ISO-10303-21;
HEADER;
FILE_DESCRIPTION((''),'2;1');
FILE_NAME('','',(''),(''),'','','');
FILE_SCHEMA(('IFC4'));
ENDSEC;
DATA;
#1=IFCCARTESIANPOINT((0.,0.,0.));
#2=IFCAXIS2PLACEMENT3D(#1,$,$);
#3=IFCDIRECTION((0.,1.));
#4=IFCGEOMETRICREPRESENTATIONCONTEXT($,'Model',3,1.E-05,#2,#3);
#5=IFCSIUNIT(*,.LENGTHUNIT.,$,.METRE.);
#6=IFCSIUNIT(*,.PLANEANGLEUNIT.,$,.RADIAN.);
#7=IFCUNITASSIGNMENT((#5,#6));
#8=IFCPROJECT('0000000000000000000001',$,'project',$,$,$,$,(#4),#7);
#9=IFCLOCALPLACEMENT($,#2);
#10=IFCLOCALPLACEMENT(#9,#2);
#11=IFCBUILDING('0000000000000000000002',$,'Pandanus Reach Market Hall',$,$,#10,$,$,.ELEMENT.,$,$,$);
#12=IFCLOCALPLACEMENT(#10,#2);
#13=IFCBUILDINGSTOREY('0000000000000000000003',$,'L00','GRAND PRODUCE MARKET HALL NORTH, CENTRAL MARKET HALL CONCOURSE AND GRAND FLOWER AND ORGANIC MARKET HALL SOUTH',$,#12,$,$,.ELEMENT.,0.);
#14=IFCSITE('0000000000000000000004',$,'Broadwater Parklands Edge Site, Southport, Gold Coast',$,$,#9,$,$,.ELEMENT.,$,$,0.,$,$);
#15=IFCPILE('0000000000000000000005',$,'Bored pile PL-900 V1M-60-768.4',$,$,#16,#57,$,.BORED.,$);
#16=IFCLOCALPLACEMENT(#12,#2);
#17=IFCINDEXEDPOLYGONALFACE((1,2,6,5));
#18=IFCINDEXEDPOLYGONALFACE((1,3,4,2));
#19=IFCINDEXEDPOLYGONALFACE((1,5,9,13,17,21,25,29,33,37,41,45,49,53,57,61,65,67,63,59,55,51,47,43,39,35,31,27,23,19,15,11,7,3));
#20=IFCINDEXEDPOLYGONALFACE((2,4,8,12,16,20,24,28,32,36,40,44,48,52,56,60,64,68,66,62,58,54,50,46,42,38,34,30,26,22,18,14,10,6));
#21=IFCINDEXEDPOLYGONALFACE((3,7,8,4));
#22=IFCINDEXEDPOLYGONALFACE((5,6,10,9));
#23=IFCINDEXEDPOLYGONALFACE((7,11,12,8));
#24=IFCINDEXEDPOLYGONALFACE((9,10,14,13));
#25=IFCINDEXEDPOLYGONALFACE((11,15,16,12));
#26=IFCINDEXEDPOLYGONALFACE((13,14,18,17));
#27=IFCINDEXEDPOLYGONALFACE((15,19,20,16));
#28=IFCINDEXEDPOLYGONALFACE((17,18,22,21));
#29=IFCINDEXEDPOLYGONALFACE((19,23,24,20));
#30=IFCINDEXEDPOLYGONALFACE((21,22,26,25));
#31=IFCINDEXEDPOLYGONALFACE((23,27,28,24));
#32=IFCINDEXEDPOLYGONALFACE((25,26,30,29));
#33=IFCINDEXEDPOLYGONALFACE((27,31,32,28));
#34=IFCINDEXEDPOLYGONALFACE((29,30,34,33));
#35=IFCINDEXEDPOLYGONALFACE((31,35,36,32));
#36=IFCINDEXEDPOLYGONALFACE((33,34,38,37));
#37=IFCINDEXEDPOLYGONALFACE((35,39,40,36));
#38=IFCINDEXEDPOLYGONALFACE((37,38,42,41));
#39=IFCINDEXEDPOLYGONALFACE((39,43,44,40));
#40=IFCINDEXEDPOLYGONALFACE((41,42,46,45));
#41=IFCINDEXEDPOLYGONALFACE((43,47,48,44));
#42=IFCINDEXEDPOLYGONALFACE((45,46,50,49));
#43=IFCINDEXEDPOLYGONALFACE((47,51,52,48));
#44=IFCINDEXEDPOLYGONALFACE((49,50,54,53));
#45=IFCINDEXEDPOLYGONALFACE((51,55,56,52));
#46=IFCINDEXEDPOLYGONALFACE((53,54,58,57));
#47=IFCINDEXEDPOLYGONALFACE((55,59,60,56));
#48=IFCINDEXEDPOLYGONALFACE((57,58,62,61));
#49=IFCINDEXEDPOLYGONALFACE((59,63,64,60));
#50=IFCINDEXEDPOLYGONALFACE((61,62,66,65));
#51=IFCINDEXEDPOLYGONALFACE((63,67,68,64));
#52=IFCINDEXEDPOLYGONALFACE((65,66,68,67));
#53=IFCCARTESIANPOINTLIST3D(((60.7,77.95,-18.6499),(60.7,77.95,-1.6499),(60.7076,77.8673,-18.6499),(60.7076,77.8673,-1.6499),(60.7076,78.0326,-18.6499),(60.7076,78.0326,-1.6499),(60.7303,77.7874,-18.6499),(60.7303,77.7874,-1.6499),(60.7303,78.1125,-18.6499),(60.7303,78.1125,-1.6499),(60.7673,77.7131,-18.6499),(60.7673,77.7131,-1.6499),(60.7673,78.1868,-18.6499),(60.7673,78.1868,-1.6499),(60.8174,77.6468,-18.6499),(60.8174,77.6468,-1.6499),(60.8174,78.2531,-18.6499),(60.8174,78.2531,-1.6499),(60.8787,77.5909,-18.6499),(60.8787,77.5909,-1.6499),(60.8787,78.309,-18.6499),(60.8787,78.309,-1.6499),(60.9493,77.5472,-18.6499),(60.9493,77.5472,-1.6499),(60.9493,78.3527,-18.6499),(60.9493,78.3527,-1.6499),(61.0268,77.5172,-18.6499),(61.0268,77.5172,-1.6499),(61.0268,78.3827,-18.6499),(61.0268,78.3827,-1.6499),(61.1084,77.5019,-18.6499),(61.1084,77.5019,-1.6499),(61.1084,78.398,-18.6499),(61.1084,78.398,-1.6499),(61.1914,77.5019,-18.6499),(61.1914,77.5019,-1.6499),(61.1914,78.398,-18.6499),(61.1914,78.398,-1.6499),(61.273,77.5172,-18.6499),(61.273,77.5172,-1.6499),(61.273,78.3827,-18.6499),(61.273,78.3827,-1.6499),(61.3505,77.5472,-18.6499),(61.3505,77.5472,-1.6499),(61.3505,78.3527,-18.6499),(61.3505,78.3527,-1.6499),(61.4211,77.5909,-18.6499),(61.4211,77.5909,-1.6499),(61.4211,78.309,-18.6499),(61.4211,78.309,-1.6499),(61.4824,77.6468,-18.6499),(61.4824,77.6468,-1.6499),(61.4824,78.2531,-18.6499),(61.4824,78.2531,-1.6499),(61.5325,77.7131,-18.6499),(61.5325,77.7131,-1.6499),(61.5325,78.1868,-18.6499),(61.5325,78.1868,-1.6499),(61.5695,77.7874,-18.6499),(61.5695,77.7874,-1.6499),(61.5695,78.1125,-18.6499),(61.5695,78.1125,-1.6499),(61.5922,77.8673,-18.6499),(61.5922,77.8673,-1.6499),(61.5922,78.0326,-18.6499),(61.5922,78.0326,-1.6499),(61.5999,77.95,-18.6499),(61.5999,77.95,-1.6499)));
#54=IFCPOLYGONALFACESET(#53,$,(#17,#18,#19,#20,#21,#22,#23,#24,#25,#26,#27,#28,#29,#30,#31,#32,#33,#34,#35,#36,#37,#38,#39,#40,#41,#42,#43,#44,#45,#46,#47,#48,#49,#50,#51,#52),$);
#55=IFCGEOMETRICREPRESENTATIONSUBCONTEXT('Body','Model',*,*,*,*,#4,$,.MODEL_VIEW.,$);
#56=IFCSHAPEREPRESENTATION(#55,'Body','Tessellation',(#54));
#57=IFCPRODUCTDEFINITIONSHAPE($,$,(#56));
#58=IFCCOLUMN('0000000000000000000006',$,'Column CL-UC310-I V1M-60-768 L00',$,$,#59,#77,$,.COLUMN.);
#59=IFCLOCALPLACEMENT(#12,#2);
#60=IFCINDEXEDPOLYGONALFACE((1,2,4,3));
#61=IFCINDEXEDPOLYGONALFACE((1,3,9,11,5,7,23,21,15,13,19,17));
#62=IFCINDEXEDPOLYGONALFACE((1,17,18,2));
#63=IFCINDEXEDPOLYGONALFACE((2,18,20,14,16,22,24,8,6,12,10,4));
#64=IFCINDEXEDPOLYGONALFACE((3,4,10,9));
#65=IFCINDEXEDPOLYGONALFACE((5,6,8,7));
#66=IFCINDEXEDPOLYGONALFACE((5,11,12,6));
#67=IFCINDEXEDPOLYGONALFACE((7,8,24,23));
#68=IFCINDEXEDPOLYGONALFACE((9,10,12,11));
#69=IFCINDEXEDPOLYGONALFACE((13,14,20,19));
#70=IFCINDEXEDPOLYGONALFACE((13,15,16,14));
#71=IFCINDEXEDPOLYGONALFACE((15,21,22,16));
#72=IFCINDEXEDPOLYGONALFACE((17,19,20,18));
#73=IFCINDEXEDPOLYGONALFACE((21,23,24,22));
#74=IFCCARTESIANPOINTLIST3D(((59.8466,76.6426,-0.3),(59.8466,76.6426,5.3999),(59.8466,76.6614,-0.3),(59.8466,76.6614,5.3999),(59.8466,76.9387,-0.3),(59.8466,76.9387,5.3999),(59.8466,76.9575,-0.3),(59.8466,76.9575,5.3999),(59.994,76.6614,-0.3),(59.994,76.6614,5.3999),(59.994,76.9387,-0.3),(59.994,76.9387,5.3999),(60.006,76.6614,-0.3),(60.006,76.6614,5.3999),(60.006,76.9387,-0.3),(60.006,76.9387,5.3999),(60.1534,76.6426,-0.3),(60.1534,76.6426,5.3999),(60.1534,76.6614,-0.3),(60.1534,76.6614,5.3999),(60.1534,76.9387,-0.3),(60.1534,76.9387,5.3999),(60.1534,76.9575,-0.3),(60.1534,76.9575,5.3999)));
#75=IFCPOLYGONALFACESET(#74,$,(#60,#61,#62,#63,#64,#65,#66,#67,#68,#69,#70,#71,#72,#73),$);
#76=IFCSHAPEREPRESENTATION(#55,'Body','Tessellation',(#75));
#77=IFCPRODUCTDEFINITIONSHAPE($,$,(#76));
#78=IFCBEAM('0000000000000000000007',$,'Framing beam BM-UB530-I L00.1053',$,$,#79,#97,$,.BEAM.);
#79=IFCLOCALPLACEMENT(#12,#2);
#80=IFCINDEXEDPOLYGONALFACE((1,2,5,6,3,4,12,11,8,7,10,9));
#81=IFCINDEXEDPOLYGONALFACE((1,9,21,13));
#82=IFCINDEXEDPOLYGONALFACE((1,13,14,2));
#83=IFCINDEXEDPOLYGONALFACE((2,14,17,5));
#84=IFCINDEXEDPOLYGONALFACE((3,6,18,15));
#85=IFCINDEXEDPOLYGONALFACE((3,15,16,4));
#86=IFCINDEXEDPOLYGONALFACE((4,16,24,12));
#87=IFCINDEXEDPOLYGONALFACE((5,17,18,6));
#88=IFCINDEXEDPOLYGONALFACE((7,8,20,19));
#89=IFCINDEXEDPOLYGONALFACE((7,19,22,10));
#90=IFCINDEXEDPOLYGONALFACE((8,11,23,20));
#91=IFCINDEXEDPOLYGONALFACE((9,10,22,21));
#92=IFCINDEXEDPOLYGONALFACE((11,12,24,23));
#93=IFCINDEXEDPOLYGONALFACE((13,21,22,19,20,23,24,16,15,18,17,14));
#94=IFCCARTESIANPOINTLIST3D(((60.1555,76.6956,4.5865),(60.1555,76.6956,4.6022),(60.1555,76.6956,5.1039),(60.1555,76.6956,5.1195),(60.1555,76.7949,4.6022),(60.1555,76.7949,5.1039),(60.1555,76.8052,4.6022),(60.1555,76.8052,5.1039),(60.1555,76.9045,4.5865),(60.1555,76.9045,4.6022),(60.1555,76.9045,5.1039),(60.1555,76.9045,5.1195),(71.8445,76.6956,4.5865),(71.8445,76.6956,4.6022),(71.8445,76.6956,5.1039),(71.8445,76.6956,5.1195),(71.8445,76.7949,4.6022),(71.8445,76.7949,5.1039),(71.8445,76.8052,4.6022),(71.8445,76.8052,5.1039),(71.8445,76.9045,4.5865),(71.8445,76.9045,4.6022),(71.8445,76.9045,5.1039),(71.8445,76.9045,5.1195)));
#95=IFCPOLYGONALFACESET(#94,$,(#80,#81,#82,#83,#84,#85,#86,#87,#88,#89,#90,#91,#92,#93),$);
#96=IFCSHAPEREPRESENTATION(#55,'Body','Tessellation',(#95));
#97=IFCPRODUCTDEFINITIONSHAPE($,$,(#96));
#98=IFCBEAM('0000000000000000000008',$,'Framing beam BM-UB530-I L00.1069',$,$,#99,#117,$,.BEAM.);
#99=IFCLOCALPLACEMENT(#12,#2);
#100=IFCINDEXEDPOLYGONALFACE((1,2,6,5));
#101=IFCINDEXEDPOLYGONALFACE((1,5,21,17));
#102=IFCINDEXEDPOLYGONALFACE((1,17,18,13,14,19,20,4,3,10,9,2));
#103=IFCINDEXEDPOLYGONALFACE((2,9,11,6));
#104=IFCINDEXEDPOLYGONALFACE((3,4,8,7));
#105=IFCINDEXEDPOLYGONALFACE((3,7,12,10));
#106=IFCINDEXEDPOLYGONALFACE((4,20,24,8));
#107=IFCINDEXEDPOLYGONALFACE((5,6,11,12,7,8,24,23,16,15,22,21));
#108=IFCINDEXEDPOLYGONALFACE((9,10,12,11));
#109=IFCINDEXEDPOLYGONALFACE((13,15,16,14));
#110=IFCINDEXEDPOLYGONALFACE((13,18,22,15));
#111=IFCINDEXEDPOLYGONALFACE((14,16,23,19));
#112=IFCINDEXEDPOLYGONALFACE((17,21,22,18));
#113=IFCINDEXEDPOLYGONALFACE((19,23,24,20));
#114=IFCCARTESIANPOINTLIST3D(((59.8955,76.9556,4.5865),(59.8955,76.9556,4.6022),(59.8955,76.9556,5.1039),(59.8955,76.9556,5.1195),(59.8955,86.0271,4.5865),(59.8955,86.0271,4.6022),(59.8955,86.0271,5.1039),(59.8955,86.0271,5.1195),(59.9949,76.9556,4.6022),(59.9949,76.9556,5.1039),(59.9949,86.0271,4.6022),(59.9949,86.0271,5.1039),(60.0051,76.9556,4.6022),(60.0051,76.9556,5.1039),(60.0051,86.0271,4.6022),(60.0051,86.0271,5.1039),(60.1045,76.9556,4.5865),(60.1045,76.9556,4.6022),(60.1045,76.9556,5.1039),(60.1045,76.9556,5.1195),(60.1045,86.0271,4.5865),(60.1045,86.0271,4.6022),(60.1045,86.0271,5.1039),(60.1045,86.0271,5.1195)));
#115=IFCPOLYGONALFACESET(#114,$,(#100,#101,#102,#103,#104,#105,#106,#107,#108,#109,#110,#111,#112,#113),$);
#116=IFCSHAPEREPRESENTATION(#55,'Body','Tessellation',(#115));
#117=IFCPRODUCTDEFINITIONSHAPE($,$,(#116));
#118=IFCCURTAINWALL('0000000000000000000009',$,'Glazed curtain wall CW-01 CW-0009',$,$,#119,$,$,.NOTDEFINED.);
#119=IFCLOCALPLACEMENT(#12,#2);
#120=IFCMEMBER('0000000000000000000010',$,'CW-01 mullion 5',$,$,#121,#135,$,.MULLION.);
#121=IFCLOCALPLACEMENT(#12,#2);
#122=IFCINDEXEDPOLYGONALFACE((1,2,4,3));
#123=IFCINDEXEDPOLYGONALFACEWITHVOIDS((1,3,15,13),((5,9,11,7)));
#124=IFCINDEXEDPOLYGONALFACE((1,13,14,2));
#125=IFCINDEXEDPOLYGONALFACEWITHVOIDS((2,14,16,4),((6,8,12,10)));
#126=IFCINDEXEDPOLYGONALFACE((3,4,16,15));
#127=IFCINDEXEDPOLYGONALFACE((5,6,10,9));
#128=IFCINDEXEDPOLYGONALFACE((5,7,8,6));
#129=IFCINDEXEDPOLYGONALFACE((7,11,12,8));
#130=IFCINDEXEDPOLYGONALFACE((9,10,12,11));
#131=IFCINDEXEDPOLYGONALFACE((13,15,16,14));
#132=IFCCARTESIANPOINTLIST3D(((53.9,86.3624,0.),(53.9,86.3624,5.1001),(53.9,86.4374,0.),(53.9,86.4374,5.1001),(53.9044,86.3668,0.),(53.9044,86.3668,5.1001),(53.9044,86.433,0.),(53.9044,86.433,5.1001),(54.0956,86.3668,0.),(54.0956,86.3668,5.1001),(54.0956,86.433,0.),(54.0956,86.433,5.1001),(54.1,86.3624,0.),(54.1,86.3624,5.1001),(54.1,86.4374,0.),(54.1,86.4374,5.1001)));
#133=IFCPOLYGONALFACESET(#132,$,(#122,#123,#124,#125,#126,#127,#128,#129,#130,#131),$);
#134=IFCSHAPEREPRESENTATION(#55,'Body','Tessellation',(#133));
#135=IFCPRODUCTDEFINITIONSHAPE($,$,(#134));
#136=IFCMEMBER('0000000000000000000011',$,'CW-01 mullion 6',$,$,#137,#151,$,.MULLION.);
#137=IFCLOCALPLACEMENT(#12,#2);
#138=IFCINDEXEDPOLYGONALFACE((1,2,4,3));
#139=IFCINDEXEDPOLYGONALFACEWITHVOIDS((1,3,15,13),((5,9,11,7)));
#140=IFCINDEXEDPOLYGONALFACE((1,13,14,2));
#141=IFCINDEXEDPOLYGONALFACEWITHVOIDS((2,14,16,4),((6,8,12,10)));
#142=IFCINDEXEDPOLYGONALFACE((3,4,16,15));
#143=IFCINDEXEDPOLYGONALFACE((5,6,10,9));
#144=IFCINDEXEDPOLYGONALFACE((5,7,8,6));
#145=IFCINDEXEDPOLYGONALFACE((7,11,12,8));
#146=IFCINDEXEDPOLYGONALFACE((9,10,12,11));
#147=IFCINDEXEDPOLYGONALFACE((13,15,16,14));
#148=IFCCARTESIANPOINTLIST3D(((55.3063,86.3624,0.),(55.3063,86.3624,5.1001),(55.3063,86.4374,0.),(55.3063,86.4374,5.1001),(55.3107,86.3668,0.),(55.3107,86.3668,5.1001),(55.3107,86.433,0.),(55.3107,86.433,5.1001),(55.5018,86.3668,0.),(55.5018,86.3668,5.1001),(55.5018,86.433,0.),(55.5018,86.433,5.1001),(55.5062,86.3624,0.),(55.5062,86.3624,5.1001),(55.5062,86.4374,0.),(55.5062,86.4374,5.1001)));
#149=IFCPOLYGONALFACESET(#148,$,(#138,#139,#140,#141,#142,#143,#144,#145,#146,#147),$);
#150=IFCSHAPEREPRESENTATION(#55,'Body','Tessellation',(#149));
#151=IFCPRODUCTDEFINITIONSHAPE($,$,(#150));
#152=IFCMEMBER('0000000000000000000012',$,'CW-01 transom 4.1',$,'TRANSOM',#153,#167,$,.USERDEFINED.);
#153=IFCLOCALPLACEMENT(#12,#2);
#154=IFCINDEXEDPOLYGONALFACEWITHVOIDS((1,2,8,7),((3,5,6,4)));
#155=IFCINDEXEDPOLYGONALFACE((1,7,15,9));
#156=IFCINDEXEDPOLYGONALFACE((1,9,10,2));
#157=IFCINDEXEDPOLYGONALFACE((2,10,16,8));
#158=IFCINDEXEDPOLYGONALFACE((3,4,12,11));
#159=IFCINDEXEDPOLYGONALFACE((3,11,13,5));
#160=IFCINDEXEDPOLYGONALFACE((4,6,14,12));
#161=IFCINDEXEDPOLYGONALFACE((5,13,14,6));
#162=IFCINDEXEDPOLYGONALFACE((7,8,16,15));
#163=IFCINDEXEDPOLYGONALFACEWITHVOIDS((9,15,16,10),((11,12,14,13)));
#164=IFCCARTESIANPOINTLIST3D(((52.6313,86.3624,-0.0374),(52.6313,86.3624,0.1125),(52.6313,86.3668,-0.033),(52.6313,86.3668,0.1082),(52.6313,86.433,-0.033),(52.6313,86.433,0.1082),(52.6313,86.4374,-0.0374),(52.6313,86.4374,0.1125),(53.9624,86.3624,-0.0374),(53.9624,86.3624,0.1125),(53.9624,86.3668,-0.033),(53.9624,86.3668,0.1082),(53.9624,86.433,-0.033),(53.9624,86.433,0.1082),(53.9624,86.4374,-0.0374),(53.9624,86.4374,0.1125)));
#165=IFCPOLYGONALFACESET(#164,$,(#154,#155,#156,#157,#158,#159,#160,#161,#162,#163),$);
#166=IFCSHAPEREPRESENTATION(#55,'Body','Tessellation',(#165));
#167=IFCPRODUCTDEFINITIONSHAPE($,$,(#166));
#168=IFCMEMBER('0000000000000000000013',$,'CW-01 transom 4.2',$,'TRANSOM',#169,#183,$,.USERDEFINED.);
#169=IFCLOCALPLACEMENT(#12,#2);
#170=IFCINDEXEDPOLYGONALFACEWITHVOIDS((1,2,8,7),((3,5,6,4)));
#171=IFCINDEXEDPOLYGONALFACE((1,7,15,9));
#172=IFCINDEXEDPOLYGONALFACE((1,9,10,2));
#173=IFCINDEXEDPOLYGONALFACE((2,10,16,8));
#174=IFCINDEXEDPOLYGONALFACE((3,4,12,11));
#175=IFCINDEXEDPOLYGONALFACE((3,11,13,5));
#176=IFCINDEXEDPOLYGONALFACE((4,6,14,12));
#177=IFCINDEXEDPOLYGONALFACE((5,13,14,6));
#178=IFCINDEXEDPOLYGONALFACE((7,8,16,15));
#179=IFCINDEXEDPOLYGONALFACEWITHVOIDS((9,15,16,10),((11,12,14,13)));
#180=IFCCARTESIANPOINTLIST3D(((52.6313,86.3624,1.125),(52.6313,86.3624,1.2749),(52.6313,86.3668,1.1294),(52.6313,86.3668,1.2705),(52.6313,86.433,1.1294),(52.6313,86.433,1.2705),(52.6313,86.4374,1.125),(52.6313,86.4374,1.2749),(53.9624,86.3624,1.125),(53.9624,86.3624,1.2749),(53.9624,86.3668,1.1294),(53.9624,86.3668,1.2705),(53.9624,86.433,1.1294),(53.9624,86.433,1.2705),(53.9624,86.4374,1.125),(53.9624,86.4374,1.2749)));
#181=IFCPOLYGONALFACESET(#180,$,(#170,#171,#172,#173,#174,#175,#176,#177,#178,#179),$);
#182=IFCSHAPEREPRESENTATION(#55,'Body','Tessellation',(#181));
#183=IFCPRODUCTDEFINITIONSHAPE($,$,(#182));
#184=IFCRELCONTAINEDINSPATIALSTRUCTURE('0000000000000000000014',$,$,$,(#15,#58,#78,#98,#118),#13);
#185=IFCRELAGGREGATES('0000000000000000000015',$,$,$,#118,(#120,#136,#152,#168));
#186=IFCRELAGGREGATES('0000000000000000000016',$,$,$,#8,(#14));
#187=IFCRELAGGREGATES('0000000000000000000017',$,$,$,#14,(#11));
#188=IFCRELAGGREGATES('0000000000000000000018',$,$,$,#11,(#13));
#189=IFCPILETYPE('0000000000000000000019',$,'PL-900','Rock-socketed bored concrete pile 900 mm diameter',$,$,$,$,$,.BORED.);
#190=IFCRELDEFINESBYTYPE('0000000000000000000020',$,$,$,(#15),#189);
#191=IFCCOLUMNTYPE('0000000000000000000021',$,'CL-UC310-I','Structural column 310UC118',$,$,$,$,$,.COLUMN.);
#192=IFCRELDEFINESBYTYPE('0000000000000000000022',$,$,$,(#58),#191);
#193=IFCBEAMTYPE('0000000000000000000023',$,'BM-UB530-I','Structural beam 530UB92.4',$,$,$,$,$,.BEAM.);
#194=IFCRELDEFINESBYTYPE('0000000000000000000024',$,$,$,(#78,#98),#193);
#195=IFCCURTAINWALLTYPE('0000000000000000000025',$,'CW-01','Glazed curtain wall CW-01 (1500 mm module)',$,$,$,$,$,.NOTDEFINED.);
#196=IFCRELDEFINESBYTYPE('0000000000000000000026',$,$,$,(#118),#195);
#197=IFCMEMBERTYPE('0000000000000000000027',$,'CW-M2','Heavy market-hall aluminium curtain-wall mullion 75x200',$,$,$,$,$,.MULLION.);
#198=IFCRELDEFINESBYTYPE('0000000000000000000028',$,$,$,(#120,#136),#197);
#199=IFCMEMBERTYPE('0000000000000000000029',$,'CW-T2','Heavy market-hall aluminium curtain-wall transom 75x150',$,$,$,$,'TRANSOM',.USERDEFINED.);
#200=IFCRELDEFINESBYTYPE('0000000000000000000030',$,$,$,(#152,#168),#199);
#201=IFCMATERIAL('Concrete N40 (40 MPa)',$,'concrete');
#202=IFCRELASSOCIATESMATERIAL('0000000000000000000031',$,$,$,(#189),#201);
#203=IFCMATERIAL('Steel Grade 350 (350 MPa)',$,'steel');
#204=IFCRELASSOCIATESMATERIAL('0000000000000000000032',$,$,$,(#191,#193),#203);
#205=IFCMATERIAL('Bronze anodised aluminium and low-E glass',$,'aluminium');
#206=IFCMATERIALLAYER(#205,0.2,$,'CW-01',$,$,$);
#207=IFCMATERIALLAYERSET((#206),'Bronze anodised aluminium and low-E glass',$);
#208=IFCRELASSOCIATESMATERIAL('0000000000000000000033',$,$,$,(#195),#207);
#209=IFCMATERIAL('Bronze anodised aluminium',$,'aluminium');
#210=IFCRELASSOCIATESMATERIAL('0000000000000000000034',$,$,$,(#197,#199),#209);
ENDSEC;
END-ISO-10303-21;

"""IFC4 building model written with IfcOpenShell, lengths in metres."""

from ifc_helpers import new_model, si_unit, direction, frame, origin, origin_2d, place, context, subcontext, project, spatial, hollow_rectangle, circle, i_section, extrude, material, layer, layer_set, material_profile, profile_set, type_object, element, aggregate, save


model = new_model("IFC4")

# Units and contexts
model_context = context("Model", 3, precision=1e-05, world=origin(), true_north=direction((0.0, 1.0)))
body_context = subcontext(model_context, "Body", "Model", "MODEL_VIEW")
ifc_project = project(units=[si_unit("LENGTHUNIT", "METRE"), si_unit("PLANEANGLEUNIT", "RADIAN")], contexts=[model_context])

# Site, building, storey
site_placement = place(None, origin())
site = spatial("IfcSite", under=ifc_project, at=site_placement, Name="Broadwater Parklands Edge Site, Southport, Gold Coast", CompositionType="ELEMENT", RefElevation=0.0)
building_placement = place(site_placement, origin())
building = spatial("IfcBuilding", under=site, at=building_placement, Name="Pandanus Reach Market Hall", CompositionType="ELEMENT")
storey_placement = place(building_placement, origin())
storey = spatial("IfcBuildingStorey", under=building, at=storey_placement, Name="L00", Description="GRAND PRODUCE MARKET HALL NORTH, CENTRAL MARKET HALL CONCOURSE AND GRAND FLOWER AND ORGANIC MARKET HALL SOUTH", CompositionType="ELEMENT", Elevation=0.0)

# Shared definitions
ifc_material_1 = material(Name="Concrete N40 (40 MPa)", Category="concrete")

# Pile
ifc_material_profile_1 = material_profile(ifc_material_1, circle(Radius=0.45, at=origin_2d()), Name="PILE-900D", Category="LoadBearing")
ifc_profile_set_1 = profile_set([ifc_material_profile_1], Name="Concrete N40 (40 MPa)")
pile_type_1 = type_object("IfcPileType", Name="PL-900", Description="Rock-socketed bored concrete pile 900 mm diameter", PredefinedType="BORED", material=ifc_profile_set_1)
for number, where, z_axis, x_axis, name in (
    (1, (61.1499, 77.95, -1.6499), (0.0, 0.0, -1.0), (1.0, 0.0, 0.0), "Bored pile PL-900 V1M-60-768.4"),
):
    element("IfcPile", number, at=place(storey_placement, frame(where, z_axis=z_axis, x_axis=x_axis)), inside=storey, type_object=pile_type_1, Name=name, PredefinedType="BORED", context=body_context, shape_type="SweptSolid", body=[
        extrude(circle(Radius=0.45, at=origin_2d()), origin(), (0.0, 0.0, 1.0), 17.0),
    ])

# Column
ifc_material_2 = material(Name="Steel Grade 350 (350 MPa)", Category="steel")
ifc_material_profile_2 = material_profile(ifc_material_2, i_section(OverallWidth=0.3069, OverallDepth=0.3149, WebThickness=0.012, FlangeThickness=0.0188, at=origin_2d()), Name="310UC118", Category="LoadBearing")
ifc_profile_set_2 = profile_set([ifc_material_profile_2], Name="Steel Grade 350 (350 MPa)")
column_type = type_object("IfcColumnType", Name="CL-UC310-I", Description="Structural column 310UC118", PredefinedType="COLUMN", material=ifc_profile_set_2)
column_placement = place(storey_placement, frame((60.0, 76.8, -0.3), z_axis=(0.0, 0.0, 1.0), x_axis=(1.0, 0.0, 0.0)))
element("IfcColumn", 2, at=column_placement, inside=storey, type_object=column_type, Name="Column CL-UC310-I V1M-60-768 L00", PredefinedType="COLUMN", context=body_context, shape_type="SweptSolid", body=[
    extrude(i_section(OverallWidth=0.3069, OverallDepth=0.3149, WebThickness=0.012, FlangeThickness=0.0188, at=origin_2d()), origin(), (0.0, 0.0, 1.0), 5.7),
])

# Beams
ifc_material_profile_3 = material_profile(ifc_material_2, i_section(OverallWidth=0.209, OverallDepth=0.533, WebThickness=0.0103, FlangeThickness=0.0156, at=origin_2d()), Name="530UB92.4", Category="LoadBearing")
ifc_profile_set_3 = profile_set([ifc_material_profile_3], Name="Steel Grade 350 (350 MPa)")
beam_type_1 = type_object("IfcBeamType", Name="BM-UB530-I", Description="Structural beam 530UB92.4", PredefinedType="BEAM", material=ifc_profile_set_3)
beam_1_placement = place(storey_placement, frame((60.1555, 76.8, 4.853), z_axis=(1.0, 0.0, 0.0), x_axis=(0.0, 1.0, 0.0)))
element("IfcBeam", 3, at=beam_1_placement, inside=storey, type_object=beam_type_1, Name="Framing beam BM-UB530-I L00.1053", PredefinedType="BEAM", context=body_context, shape_type="SweptSolid", body=[
    extrude(i_section(OverallWidth=0.209, OverallDepth=0.533, WebThickness=0.0103, FlangeThickness=0.0156, at=origin_2d()), origin(), (0.0, 0.0, 1.0), 11.689),
])
beam_2_placement = place(storey_placement, frame((60.0, 76.9556, 4.853), z_axis=(0.0, 1.0, 0.0), x_axis=(-1.0, 0.0, 0.0)))
element("IfcBeam", 4, at=beam_2_placement, inside=storey, type_object=beam_type_1, Name="Framing beam BM-UB530-I L00.1069", PredefinedType="BEAM", context=body_context, shape_type="SweptSolid", body=[
    extrude(i_section(OverallWidth=0.209, OverallDepth=0.533, WebThickness=0.0103, FlangeThickness=0.0156, at=origin_2d()), origin(), (0.0, 0.0, 1.0), 9.0715),
])

# Curtain wall, members
ifc_material_3 = material(Name="Bronze anodised aluminium and low-E glass", Category="aluminium")
ifc_layer_1 = layer(ifc_material_3, 0.2, Name="CW-01")
ifc_layer_set_1 = layer_set([ifc_layer_1], Name="Bronze anodised aluminium and low-E glass")
curtain_wall_type = type_object("IfcCurtainWallType", Name="CW-01", Description="Glazed curtain wall CW-01 (1500 mm module)", PredefinedType="NOTDEFINED", material=ifc_layer_set_1)
curtain_wall_placement = place(storey_placement, origin())
curtain_wall = element("IfcCurtainWall", 5, at=curtain_wall_placement, inside=storey, type_object=curtain_wall_type, Name="Glazed curtain wall CW-01 CW-0009", PredefinedType="NOTDEFINED")
ifc_material_4 = material(Name="Bronze anodised aluminium", Category="aluminium")
ifc_material_profile_4 = material_profile(ifc_material_4, hollow_rectangle(XDim=0.075, YDim=0.2, WallThickness=0.0044, at=origin_2d()), Name="ALU75x200", Category="LoadBearing")
ifc_profile_set_4 = profile_set([ifc_material_profile_4], Name="Bronze anodised aluminium")
member_type_1 = type_object("IfcMemberType", Name="CW-M2", Description="Heavy market-hall aluminium curtain-wall mullion 75x200", PredefinedType="MULLION", material=ifc_profile_set_4)
member_1_placement = place(storey_placement, frame((54.0, 86.3999, 0.0), z_axis=(0.0, 0.0, 1.0), x_axis=(0.0, 1.0, 0.0)))
member_1 = element("IfcMember", 6, at=member_1_placement, type_object=member_type_1, Name="CW-01 mullion 5", PredefinedType="MULLION", context=body_context, shape_type="SweptSolid", body=[
    extrude(hollow_rectangle(XDim=0.075, YDim=0.2, WallThickness=0.0044, at=origin_2d()), origin(), (0.0, 0.0, 1.0), 5.1001),
])
member_2_placement = place(storey_placement, frame((55.4062, 86.3999, 0.0), z_axis=(0.0, 0.0, 1.0), x_axis=(0.0, 1.0, 0.0)))
member_2 = element("IfcMember", 7, at=member_2_placement, type_object=member_type_1, Name="CW-01 mullion 6", PredefinedType="MULLION", context=body_context, shape_type="SweptSolid", body=[
    extrude(hollow_rectangle(XDim=0.075, YDim=0.2, WallThickness=0.0044, at=origin_2d()), origin(), (0.0, 0.0, 1.0), 5.1001),
])
ifc_material_profile_5 = material_profile(ifc_material_4, hollow_rectangle(XDim=0.075, YDim=0.1499, WallThickness=0.0044, at=origin_2d()), Name="ALU75x150", Category="LoadBearing")
ifc_profile_set_5 = profile_set([ifc_material_profile_5], Name="Bronze anodised aluminium")
member_type_2 = type_object("IfcMemberType", Name="CW-T2", Description="Heavy market-hall aluminium curtain-wall transom 75x150", ElementType="TRANSOM", PredefinedType="USERDEFINED", material=ifc_profile_set_5)
member_3_placement = place(storey_placement, frame((52.6313, 86.3999, 0.0376), z_axis=(1.0, 0.0, 0.0), x_axis=(0.0, 1.0, 0.0)))
member_3 = element("IfcMember", 8, at=member_3_placement, type_object=member_type_2, Name="CW-01 transom 4.1", ObjectType="TRANSOM", PredefinedType="USERDEFINED", context=body_context, shape_type="SweptSolid", body=[
    extrude(hollow_rectangle(XDim=0.075, YDim=0.1499, WallThickness=0.0044, at=origin_2d()), origin(), (0.0, 0.0, 1.0), 1.3311),
])
member_4_placement = place(storey_placement, frame((52.6313, 86.3999, 1.2), z_axis=(1.0, 0.0, 0.0), x_axis=(0.0, 1.0, 0.0)))
member_4 = element("IfcMember", 9, at=member_4_placement, type_object=member_type_2, Name="CW-01 transom 4.2", ObjectType="TRANSOM", PredefinedType="USERDEFINED", context=body_context, shape_type="SweptSolid", body=[
    extrude(hollow_rectangle(XDim=0.075, YDim=0.1499, WallThickness=0.0044, at=origin_2d()), origin(), (0.0, 0.0, 1.0), 1.3311),
])

aggregate(curtain_wall, [member_1, member_2, member_3, member_4])

save(model, "model.ifc")
